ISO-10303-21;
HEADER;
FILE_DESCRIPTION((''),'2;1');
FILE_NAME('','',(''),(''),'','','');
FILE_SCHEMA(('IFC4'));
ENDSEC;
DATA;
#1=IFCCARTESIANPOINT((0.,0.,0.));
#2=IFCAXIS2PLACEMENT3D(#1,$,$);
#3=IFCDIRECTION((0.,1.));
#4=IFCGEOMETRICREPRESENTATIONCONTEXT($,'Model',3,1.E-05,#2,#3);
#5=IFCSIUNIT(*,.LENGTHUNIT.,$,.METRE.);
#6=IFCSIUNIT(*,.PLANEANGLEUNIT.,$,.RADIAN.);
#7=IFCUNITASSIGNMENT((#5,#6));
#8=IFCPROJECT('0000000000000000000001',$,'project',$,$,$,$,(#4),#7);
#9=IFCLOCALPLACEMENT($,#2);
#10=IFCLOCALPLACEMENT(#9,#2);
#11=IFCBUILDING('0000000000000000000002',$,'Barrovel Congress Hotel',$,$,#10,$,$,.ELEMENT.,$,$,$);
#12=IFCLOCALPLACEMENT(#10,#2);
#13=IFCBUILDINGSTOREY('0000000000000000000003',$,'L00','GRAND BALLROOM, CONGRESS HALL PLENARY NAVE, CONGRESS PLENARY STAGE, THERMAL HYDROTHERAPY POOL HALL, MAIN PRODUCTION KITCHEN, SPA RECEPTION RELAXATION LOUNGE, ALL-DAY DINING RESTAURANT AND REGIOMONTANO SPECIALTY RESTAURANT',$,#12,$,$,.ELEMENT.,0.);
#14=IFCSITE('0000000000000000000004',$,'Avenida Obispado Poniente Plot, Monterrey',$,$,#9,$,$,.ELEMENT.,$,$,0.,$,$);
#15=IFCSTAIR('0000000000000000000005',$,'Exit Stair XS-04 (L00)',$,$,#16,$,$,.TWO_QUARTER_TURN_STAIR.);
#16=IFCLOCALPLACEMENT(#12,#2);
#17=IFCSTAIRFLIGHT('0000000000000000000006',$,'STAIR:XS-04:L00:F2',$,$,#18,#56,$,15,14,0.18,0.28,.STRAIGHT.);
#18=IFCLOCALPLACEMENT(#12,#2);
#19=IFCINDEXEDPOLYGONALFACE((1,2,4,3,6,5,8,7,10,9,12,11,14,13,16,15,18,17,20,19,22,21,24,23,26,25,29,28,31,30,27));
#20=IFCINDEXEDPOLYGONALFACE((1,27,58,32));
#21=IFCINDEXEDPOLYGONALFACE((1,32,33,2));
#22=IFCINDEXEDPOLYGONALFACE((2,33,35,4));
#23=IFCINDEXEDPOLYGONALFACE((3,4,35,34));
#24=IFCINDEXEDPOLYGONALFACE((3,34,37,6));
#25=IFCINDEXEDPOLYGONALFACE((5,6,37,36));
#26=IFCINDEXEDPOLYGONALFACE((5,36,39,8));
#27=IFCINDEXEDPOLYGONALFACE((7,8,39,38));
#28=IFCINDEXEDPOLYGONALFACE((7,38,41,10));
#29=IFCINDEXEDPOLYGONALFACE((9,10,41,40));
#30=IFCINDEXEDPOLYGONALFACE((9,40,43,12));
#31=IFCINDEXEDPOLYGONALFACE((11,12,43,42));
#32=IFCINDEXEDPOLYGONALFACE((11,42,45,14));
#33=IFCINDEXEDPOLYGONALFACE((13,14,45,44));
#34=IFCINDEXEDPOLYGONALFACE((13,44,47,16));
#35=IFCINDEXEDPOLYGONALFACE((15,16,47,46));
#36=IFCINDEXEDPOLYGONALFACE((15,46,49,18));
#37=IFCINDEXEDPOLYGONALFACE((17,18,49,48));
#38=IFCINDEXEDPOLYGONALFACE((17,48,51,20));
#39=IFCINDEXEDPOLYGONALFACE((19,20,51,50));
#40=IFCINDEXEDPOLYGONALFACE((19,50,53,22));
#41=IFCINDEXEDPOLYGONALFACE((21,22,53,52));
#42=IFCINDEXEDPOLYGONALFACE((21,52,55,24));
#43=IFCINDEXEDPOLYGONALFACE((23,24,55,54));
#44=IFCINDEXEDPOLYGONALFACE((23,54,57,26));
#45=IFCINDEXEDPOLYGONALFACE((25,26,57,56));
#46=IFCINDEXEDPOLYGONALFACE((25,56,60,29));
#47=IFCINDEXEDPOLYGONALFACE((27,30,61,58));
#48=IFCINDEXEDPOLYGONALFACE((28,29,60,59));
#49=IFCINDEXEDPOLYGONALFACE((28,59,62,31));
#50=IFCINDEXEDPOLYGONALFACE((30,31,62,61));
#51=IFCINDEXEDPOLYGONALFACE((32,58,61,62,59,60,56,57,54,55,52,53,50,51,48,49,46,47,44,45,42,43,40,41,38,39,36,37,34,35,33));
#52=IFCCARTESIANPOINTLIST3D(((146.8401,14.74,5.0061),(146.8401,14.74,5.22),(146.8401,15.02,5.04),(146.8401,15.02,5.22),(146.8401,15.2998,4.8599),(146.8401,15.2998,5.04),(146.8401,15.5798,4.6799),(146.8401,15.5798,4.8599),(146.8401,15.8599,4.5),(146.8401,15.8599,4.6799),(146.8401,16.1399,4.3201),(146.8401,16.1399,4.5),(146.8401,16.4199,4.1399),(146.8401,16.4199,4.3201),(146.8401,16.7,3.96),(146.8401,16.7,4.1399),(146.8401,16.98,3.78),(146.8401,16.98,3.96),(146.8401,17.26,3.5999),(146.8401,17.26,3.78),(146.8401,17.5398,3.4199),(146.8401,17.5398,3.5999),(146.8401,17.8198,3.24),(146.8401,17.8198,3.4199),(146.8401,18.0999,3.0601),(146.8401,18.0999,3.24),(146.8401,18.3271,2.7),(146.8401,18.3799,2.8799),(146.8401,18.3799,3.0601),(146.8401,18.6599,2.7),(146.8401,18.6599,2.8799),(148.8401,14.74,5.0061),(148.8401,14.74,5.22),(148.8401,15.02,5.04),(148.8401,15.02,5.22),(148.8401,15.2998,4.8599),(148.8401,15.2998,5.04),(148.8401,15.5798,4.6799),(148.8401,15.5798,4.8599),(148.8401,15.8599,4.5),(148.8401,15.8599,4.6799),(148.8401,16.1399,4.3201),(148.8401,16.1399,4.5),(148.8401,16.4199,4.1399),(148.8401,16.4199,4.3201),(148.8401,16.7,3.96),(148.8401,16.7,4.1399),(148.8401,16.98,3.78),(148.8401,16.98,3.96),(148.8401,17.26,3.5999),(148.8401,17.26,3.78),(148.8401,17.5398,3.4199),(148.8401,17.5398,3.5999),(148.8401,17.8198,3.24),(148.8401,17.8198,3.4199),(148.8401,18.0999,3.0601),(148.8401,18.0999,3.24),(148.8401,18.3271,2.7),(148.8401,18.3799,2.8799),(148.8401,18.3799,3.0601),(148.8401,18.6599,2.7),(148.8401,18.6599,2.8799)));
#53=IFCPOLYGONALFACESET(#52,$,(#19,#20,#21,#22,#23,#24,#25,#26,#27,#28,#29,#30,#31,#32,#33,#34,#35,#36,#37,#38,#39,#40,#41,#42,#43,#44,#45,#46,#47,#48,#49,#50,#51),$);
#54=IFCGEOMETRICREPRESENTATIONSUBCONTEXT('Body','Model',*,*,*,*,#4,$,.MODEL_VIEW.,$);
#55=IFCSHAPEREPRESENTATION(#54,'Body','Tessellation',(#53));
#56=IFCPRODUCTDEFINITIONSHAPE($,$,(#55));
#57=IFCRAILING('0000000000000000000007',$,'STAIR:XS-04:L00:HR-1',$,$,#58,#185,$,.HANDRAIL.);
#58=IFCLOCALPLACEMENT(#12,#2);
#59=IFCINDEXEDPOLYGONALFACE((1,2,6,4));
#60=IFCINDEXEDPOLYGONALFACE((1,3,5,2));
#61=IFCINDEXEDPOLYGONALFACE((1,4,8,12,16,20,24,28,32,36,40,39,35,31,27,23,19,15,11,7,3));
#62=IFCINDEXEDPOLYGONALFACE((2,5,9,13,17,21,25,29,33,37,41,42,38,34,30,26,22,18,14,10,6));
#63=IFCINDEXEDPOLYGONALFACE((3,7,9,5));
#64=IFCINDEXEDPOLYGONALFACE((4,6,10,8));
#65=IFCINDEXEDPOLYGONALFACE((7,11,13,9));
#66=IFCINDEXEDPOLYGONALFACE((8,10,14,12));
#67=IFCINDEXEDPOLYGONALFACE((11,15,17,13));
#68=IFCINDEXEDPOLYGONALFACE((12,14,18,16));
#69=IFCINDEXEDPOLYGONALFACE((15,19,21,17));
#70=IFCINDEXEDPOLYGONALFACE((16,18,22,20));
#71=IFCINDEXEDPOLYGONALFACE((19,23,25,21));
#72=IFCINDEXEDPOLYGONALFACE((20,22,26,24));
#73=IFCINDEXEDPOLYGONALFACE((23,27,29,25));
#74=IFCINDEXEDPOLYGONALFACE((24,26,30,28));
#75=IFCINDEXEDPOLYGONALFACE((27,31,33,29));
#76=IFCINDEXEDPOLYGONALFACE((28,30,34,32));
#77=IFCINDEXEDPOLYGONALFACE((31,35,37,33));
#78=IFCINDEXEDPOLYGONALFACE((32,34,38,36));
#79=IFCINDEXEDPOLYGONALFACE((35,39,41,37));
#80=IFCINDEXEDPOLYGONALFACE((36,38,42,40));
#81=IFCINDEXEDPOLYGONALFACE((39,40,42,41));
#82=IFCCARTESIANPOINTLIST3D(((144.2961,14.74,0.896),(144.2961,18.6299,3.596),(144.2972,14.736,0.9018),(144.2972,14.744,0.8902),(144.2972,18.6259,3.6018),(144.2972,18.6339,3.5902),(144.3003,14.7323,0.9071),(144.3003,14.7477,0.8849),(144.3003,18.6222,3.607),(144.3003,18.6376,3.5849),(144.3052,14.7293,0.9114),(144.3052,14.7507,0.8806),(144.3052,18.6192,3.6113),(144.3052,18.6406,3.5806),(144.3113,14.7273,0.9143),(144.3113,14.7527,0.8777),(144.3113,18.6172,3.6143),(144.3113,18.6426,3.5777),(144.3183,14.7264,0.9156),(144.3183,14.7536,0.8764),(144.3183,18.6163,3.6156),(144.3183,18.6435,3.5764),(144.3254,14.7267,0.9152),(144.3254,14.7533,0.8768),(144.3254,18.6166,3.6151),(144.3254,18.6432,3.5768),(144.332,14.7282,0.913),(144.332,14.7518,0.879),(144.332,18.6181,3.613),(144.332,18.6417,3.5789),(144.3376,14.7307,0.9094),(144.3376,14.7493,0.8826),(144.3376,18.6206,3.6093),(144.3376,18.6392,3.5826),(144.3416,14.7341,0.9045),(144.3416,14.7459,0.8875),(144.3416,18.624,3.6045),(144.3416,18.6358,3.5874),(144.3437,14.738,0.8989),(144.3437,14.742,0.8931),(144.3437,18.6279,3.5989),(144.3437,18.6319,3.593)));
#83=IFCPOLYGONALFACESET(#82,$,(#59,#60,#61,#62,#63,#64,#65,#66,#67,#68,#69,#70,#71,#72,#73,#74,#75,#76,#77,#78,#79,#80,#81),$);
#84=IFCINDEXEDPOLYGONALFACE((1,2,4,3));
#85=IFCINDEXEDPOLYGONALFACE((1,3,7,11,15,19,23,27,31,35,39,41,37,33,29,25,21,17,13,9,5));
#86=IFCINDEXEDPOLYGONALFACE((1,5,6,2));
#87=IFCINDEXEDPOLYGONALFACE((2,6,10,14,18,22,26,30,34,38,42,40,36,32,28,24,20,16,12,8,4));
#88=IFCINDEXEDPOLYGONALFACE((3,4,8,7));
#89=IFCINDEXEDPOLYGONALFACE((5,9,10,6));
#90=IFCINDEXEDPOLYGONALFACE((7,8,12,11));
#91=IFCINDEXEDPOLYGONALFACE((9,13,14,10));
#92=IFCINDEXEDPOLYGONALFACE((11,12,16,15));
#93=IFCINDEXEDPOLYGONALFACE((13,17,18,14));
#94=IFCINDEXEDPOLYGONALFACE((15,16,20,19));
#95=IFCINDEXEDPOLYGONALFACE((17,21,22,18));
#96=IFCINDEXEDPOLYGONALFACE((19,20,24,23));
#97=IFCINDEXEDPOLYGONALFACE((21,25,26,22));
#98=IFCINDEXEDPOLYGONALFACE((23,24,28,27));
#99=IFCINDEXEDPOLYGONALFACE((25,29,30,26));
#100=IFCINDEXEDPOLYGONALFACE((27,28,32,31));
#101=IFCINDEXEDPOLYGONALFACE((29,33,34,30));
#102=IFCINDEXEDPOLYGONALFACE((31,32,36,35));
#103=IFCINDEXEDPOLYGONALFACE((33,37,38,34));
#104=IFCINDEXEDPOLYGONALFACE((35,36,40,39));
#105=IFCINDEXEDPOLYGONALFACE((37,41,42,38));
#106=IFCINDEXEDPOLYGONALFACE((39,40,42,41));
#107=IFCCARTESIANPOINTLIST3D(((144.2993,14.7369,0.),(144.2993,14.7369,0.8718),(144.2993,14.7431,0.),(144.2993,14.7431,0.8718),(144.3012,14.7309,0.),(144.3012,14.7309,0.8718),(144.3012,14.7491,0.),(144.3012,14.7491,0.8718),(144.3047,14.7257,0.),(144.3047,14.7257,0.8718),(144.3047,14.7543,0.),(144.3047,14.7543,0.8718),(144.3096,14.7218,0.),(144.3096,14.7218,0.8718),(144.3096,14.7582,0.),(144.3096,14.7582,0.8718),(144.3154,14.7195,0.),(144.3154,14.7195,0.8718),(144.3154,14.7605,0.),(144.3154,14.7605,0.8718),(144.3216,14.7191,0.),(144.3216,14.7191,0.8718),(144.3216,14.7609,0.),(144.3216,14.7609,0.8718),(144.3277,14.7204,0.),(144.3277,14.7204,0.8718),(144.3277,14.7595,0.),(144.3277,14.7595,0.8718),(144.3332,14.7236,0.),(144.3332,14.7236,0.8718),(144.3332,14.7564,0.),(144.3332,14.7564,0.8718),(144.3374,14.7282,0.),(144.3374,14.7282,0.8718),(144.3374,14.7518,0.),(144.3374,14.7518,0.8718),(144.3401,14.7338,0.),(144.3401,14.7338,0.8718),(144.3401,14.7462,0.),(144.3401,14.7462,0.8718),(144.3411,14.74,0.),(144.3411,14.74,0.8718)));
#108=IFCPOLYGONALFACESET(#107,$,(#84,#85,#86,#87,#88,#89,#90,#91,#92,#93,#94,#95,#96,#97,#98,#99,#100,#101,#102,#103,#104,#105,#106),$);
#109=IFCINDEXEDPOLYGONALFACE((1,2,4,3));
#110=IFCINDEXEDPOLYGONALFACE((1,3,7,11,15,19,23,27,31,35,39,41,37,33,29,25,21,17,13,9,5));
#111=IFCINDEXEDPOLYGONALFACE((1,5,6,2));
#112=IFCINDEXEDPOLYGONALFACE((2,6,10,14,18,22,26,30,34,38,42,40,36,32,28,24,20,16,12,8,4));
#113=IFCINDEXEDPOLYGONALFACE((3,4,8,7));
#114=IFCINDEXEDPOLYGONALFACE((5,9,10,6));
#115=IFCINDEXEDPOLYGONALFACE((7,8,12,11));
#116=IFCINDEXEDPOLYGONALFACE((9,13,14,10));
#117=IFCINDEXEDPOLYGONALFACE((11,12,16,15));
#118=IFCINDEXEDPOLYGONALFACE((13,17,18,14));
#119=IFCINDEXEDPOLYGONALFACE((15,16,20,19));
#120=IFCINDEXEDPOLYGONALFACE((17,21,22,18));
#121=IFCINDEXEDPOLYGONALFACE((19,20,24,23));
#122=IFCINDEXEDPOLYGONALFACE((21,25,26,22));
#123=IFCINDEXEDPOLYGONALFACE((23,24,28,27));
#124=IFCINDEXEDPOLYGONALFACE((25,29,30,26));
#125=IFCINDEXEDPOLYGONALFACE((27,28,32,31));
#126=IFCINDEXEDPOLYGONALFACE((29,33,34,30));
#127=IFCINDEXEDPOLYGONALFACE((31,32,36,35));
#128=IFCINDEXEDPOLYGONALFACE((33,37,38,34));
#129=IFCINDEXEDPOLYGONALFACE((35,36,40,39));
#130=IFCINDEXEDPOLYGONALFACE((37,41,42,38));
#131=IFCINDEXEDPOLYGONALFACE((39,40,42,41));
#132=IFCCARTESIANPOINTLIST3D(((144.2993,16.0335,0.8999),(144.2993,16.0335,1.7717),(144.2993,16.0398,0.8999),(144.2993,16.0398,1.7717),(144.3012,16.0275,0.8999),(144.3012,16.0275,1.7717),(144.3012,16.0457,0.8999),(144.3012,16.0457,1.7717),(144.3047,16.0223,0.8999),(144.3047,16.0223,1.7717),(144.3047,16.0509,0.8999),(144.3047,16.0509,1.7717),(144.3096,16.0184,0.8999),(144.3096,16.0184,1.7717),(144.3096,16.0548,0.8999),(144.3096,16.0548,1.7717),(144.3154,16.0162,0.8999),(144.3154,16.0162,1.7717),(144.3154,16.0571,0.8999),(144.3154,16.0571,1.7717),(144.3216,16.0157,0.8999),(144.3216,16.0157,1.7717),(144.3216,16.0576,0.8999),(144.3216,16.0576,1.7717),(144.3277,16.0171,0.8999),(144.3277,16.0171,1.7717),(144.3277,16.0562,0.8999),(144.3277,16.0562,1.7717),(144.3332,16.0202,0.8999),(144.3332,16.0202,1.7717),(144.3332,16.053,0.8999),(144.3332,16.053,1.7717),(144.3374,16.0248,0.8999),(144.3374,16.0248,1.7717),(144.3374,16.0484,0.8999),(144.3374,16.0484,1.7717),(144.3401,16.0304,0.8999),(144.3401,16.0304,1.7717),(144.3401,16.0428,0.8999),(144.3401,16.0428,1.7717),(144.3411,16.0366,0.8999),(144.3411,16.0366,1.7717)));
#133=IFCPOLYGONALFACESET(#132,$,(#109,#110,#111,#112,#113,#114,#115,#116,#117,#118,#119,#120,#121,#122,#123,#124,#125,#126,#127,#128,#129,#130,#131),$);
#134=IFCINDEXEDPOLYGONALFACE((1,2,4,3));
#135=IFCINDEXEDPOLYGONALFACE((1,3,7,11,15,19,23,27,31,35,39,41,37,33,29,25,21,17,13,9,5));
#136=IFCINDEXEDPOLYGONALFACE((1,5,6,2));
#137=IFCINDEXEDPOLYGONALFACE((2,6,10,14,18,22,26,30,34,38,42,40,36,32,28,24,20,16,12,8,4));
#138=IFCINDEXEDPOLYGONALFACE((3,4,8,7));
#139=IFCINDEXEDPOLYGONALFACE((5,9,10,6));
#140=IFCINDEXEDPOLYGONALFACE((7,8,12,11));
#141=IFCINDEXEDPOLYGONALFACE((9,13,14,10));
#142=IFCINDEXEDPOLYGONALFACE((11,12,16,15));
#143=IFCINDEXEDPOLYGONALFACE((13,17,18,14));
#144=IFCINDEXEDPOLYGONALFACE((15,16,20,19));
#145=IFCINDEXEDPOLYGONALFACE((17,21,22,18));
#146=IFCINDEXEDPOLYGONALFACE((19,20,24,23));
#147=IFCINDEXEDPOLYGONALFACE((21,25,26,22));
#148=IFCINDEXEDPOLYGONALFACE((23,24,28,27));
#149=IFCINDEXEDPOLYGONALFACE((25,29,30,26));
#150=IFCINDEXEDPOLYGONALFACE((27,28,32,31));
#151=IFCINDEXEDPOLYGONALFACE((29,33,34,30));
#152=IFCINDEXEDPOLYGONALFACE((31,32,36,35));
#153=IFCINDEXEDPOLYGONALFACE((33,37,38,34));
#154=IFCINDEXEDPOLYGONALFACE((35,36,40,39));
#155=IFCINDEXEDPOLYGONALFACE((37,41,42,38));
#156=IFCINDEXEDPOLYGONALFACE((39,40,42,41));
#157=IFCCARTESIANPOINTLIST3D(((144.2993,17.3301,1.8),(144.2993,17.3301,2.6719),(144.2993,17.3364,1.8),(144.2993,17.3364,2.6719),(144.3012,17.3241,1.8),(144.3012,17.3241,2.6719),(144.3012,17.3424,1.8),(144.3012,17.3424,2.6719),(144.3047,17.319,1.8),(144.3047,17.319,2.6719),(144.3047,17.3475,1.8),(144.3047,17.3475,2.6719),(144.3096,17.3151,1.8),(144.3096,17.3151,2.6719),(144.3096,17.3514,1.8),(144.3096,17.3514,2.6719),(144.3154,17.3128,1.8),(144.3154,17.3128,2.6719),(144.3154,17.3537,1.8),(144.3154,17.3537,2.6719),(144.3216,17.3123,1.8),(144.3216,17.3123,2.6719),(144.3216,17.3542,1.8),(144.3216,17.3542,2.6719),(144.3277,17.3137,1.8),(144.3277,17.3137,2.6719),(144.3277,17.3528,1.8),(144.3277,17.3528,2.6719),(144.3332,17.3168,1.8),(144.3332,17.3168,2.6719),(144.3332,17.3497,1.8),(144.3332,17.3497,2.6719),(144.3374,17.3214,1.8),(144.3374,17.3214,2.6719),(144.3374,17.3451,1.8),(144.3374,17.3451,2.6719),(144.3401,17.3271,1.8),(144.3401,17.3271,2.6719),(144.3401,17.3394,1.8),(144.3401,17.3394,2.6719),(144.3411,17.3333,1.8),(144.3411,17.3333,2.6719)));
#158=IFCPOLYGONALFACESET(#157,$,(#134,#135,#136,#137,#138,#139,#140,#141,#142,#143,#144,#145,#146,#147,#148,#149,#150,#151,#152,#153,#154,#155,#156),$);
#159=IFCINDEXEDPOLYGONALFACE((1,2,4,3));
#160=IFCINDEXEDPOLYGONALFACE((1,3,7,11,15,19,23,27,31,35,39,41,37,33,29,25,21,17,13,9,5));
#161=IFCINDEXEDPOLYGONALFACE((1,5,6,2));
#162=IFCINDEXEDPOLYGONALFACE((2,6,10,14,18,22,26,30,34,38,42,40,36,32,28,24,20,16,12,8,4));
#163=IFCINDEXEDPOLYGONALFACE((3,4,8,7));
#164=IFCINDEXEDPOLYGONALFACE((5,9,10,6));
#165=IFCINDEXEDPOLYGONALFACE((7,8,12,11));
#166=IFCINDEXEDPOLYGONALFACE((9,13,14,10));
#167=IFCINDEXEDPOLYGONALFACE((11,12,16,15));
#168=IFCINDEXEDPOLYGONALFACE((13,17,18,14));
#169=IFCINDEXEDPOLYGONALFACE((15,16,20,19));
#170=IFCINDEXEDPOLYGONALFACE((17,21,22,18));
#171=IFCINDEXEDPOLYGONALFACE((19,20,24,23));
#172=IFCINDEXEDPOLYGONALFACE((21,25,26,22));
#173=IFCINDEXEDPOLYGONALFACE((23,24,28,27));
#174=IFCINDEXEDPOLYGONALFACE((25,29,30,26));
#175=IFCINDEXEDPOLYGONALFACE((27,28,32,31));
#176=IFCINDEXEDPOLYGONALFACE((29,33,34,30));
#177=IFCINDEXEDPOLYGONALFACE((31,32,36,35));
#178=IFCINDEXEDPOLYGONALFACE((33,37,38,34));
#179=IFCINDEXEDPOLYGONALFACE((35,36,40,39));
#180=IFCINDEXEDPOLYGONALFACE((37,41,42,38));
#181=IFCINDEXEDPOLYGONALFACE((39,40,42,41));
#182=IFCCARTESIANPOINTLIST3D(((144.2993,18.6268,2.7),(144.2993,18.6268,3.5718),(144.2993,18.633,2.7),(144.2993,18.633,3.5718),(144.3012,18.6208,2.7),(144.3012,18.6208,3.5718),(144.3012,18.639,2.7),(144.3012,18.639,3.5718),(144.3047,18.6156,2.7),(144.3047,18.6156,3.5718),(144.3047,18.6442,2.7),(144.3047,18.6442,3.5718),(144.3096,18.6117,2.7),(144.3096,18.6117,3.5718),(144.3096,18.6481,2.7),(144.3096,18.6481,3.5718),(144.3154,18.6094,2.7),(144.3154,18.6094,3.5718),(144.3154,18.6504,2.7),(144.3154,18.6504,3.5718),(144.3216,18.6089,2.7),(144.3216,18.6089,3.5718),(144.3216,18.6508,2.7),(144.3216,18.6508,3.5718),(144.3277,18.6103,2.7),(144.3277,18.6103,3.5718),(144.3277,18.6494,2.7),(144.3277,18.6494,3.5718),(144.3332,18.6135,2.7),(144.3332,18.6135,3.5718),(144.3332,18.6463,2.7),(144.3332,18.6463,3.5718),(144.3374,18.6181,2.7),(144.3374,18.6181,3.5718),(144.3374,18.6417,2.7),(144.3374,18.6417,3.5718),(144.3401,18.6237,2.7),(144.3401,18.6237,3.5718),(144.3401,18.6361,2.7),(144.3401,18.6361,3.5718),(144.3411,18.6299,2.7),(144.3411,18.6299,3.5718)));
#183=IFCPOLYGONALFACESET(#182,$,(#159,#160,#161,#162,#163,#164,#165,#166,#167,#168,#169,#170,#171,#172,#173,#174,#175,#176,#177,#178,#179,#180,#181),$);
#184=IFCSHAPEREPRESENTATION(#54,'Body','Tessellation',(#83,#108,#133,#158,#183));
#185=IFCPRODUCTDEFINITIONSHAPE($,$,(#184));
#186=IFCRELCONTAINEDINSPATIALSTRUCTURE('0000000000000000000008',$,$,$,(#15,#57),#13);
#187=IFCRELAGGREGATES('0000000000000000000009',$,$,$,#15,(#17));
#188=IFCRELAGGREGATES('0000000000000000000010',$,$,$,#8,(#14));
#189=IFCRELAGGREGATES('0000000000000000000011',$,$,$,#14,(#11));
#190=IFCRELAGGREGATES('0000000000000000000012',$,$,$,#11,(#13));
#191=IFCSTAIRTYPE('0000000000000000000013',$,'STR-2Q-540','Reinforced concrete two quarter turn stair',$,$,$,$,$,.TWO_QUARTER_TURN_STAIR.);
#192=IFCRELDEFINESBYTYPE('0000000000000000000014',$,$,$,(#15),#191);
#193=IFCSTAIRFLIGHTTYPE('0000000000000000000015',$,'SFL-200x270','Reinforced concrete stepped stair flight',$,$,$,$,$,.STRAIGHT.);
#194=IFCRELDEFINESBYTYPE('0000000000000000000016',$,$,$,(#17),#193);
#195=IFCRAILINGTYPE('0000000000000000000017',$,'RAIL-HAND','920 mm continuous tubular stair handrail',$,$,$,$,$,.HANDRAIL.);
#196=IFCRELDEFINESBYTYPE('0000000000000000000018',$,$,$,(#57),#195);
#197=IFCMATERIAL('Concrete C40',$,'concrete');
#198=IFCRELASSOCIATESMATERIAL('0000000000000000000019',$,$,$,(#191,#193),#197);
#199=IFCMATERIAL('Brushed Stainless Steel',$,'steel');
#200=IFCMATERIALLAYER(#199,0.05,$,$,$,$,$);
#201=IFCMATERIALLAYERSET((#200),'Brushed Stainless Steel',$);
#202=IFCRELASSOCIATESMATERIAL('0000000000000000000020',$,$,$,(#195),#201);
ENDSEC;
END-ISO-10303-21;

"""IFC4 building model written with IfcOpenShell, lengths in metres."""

from ifc_helpers import new_model, si_unit, direction, frame, origin, origin_2d, place, context, subcontext, project, spatial, polyline, circle, outline, extrude, material, layer, layer_set, type_object, element, aggregate, save


model = new_model("IFC4")

# Units and contexts
model_context = context("Model", 3, precision=1e-05, world=origin(), true_north=direction((0.0, 1.0)))
body_context = subcontext(model_context, "Body", "Model", "MODEL_VIEW")
ifc_project = project(units=[si_unit("LENGTHUNIT", "METRE"), si_unit("PLANEANGLEUNIT", "RADIAN")], contexts=[model_context])

# Site, building, storey
site_placement = place(None, origin())
site = spatial("IfcSite", under=ifc_project, at=site_placement, Name="Avenida Obispado Poniente Plot, Monterrey", CompositionType="ELEMENT", RefElevation=0.0)
building_placement = place(site_placement, origin())
building = spatial("IfcBuilding", under=site, at=building_placement, Name="Barrovel Congress Hotel", CompositionType="ELEMENT")
storey_placement = place(building_placement, origin())
storey = spatial("IfcBuildingStorey", under=building, at=storey_placement, Name="L00", Description="GRAND BALLROOM, CONGRESS HALL PLENARY NAVE, CONGRESS PLENARY STAGE, THERMAL HYDROTHERAPY POOL HALL, MAIN PRODUCTION KITCHEN, SPA RECEPTION RELAXATION LOUNGE, ALL-DAY DINING RESTAURANT AND REGIOMONTANO SPECIALTY RESTAURANT", CompositionType="ELEMENT", Elevation=0.0)

# Shared definitions
ifc_material_1 = material(Name="Concrete C40", Category="concrete")

# Stair, stair flight
stair_type = type_object("IfcStairType", Name="STR-2Q-540", Description="Reinforced concrete two quarter turn stair", PredefinedType="TWO_QUARTER_TURN_STAIR", material=ifc_material_1)
stair_placement = place(storey_placement, origin())
stair = element("IfcStair", 1, at=stair_placement, inside=storey, type_object=stair_type, Name="Exit Stair XS-04 (L00)", PredefinedType="TWO_QUARTER_TURN_STAIR")
stair_flight_type = type_object("IfcStairFlightType", Name="SFL-200x270", Description="Reinforced concrete stepped stair flight", PredefinedType="STRAIGHT", material=ifc_material_1)
stair_flight_1_placement = place(storey_placement, frame((147.8401, 18.6599, 2.7), z_axis=(0.0, 0.0, 1.0), x_axis=(0.0, -1.0, 0.0)))
stair_flight_1 = element("IfcStairFlight", 2, at=stair_flight_1_placement, type_object=stair_flight_type, Name="STAIR:XS-04:L00:F2", NumberOfRisers=15, NumberOfTreads=14, PredefinedType="STRAIGHT", RiserHeight=0.18, TreadLength=0.28, context=body_context, shape_type="SweptSolid", body=[
    extrude(outline(polyline([(0.0, 0.0), (0.0, 0.1799), (0.28, 0.1799), (0.28, 0.3601), (0.5601, 0.3601), (0.5601, 0.54), (0.8401, 0.54), (0.8401, 0.72), (1.1201, 0.72), (1.1201, 0.8999), (1.3999, 0.8999), (1.3999, 1.0801), (1.6799, 1.0801), (1.6799, 1.26), (1.96, 1.26), (1.96, 1.4399), (2.24, 1.4399), (2.24, 1.6201), (2.52, 1.6201), (2.52, 1.8), (2.8, 1.8), (2.8, 1.98), (3.0801, 1.98), (3.0801, 2.1599), (3.3601, 2.1599), (3.3601, 2.3401), (3.6399, 2.3401), (3.6399, 2.52), (3.9199, 2.52), (3.9199, 2.7), (3.9199, 2.3062), (0.3328, 0.0), (0.0, 0.0)])), frame((0.0, 1.0, 0.0), z_axis=(0.0, -1.0, 0.0), x_axis=(1.0, 0.0, 0.0)), (0.0, 0.0, 1.0), 2.0),
])
aggregate(stair, [stair_flight_1])

# Railing
ifc_material_2 = material(Name="Brushed Stainless Steel", Category="steel")
ifc_layer_1 = layer(ifc_material_2, 0.05)
ifc_layer_set_1 = layer_set([ifc_layer_1], Name="Brushed Stainless Steel")
railing_type_1 = type_object("IfcRailingType", Name="RAIL-HAND", Description="920 mm continuous tubular stair handrail", PredefinedType="HANDRAIL", material=ifc_layer_set_1)
railing_1_placement = place(storey_placement, frame((144.3201, 14.74, 0.0)))
element("IfcRailing", 3, at=railing_1_placement, inside=storey, type_object=railing_type_1, Name="STAIR:XS-04:L00:HR-1", PredefinedType="HANDRAIL", context=body_context, shape_type="SweptSolid", body=[
    extrude(circle(Radius=0.0239, at=origin_2d()), frame((0.0, 0.0, 0.896), z_axis=(0.0, 0.821505, 0.570202), x_axis=(-1.0, 0.0, 0.0)), (0.0, 0.0, 1.0), 4.7351),
    extrude(circle(Radius=0.021, at=origin_2d()), origin(), (0.0, 0.0, 1.0), 0.8718),
    extrude(circle(Radius=0.021, at=origin_2d()), frame((0.0, 1.2966, 0.8999)), (0.0, 0.0, 1.0), 0.8718),
    extrude(circle(Radius=0.021, at=origin_2d()), frame((0.0, 2.5933, 1.8)), (0.0, 0.0, 1.0), 0.8718),
    extrude(circle(Radius=0.021, at=origin_2d()), frame((0.0, 3.8899, 2.7)), (0.0, 0.0, 1.0), 0.8718),
])

save(model, "model.ifc")
